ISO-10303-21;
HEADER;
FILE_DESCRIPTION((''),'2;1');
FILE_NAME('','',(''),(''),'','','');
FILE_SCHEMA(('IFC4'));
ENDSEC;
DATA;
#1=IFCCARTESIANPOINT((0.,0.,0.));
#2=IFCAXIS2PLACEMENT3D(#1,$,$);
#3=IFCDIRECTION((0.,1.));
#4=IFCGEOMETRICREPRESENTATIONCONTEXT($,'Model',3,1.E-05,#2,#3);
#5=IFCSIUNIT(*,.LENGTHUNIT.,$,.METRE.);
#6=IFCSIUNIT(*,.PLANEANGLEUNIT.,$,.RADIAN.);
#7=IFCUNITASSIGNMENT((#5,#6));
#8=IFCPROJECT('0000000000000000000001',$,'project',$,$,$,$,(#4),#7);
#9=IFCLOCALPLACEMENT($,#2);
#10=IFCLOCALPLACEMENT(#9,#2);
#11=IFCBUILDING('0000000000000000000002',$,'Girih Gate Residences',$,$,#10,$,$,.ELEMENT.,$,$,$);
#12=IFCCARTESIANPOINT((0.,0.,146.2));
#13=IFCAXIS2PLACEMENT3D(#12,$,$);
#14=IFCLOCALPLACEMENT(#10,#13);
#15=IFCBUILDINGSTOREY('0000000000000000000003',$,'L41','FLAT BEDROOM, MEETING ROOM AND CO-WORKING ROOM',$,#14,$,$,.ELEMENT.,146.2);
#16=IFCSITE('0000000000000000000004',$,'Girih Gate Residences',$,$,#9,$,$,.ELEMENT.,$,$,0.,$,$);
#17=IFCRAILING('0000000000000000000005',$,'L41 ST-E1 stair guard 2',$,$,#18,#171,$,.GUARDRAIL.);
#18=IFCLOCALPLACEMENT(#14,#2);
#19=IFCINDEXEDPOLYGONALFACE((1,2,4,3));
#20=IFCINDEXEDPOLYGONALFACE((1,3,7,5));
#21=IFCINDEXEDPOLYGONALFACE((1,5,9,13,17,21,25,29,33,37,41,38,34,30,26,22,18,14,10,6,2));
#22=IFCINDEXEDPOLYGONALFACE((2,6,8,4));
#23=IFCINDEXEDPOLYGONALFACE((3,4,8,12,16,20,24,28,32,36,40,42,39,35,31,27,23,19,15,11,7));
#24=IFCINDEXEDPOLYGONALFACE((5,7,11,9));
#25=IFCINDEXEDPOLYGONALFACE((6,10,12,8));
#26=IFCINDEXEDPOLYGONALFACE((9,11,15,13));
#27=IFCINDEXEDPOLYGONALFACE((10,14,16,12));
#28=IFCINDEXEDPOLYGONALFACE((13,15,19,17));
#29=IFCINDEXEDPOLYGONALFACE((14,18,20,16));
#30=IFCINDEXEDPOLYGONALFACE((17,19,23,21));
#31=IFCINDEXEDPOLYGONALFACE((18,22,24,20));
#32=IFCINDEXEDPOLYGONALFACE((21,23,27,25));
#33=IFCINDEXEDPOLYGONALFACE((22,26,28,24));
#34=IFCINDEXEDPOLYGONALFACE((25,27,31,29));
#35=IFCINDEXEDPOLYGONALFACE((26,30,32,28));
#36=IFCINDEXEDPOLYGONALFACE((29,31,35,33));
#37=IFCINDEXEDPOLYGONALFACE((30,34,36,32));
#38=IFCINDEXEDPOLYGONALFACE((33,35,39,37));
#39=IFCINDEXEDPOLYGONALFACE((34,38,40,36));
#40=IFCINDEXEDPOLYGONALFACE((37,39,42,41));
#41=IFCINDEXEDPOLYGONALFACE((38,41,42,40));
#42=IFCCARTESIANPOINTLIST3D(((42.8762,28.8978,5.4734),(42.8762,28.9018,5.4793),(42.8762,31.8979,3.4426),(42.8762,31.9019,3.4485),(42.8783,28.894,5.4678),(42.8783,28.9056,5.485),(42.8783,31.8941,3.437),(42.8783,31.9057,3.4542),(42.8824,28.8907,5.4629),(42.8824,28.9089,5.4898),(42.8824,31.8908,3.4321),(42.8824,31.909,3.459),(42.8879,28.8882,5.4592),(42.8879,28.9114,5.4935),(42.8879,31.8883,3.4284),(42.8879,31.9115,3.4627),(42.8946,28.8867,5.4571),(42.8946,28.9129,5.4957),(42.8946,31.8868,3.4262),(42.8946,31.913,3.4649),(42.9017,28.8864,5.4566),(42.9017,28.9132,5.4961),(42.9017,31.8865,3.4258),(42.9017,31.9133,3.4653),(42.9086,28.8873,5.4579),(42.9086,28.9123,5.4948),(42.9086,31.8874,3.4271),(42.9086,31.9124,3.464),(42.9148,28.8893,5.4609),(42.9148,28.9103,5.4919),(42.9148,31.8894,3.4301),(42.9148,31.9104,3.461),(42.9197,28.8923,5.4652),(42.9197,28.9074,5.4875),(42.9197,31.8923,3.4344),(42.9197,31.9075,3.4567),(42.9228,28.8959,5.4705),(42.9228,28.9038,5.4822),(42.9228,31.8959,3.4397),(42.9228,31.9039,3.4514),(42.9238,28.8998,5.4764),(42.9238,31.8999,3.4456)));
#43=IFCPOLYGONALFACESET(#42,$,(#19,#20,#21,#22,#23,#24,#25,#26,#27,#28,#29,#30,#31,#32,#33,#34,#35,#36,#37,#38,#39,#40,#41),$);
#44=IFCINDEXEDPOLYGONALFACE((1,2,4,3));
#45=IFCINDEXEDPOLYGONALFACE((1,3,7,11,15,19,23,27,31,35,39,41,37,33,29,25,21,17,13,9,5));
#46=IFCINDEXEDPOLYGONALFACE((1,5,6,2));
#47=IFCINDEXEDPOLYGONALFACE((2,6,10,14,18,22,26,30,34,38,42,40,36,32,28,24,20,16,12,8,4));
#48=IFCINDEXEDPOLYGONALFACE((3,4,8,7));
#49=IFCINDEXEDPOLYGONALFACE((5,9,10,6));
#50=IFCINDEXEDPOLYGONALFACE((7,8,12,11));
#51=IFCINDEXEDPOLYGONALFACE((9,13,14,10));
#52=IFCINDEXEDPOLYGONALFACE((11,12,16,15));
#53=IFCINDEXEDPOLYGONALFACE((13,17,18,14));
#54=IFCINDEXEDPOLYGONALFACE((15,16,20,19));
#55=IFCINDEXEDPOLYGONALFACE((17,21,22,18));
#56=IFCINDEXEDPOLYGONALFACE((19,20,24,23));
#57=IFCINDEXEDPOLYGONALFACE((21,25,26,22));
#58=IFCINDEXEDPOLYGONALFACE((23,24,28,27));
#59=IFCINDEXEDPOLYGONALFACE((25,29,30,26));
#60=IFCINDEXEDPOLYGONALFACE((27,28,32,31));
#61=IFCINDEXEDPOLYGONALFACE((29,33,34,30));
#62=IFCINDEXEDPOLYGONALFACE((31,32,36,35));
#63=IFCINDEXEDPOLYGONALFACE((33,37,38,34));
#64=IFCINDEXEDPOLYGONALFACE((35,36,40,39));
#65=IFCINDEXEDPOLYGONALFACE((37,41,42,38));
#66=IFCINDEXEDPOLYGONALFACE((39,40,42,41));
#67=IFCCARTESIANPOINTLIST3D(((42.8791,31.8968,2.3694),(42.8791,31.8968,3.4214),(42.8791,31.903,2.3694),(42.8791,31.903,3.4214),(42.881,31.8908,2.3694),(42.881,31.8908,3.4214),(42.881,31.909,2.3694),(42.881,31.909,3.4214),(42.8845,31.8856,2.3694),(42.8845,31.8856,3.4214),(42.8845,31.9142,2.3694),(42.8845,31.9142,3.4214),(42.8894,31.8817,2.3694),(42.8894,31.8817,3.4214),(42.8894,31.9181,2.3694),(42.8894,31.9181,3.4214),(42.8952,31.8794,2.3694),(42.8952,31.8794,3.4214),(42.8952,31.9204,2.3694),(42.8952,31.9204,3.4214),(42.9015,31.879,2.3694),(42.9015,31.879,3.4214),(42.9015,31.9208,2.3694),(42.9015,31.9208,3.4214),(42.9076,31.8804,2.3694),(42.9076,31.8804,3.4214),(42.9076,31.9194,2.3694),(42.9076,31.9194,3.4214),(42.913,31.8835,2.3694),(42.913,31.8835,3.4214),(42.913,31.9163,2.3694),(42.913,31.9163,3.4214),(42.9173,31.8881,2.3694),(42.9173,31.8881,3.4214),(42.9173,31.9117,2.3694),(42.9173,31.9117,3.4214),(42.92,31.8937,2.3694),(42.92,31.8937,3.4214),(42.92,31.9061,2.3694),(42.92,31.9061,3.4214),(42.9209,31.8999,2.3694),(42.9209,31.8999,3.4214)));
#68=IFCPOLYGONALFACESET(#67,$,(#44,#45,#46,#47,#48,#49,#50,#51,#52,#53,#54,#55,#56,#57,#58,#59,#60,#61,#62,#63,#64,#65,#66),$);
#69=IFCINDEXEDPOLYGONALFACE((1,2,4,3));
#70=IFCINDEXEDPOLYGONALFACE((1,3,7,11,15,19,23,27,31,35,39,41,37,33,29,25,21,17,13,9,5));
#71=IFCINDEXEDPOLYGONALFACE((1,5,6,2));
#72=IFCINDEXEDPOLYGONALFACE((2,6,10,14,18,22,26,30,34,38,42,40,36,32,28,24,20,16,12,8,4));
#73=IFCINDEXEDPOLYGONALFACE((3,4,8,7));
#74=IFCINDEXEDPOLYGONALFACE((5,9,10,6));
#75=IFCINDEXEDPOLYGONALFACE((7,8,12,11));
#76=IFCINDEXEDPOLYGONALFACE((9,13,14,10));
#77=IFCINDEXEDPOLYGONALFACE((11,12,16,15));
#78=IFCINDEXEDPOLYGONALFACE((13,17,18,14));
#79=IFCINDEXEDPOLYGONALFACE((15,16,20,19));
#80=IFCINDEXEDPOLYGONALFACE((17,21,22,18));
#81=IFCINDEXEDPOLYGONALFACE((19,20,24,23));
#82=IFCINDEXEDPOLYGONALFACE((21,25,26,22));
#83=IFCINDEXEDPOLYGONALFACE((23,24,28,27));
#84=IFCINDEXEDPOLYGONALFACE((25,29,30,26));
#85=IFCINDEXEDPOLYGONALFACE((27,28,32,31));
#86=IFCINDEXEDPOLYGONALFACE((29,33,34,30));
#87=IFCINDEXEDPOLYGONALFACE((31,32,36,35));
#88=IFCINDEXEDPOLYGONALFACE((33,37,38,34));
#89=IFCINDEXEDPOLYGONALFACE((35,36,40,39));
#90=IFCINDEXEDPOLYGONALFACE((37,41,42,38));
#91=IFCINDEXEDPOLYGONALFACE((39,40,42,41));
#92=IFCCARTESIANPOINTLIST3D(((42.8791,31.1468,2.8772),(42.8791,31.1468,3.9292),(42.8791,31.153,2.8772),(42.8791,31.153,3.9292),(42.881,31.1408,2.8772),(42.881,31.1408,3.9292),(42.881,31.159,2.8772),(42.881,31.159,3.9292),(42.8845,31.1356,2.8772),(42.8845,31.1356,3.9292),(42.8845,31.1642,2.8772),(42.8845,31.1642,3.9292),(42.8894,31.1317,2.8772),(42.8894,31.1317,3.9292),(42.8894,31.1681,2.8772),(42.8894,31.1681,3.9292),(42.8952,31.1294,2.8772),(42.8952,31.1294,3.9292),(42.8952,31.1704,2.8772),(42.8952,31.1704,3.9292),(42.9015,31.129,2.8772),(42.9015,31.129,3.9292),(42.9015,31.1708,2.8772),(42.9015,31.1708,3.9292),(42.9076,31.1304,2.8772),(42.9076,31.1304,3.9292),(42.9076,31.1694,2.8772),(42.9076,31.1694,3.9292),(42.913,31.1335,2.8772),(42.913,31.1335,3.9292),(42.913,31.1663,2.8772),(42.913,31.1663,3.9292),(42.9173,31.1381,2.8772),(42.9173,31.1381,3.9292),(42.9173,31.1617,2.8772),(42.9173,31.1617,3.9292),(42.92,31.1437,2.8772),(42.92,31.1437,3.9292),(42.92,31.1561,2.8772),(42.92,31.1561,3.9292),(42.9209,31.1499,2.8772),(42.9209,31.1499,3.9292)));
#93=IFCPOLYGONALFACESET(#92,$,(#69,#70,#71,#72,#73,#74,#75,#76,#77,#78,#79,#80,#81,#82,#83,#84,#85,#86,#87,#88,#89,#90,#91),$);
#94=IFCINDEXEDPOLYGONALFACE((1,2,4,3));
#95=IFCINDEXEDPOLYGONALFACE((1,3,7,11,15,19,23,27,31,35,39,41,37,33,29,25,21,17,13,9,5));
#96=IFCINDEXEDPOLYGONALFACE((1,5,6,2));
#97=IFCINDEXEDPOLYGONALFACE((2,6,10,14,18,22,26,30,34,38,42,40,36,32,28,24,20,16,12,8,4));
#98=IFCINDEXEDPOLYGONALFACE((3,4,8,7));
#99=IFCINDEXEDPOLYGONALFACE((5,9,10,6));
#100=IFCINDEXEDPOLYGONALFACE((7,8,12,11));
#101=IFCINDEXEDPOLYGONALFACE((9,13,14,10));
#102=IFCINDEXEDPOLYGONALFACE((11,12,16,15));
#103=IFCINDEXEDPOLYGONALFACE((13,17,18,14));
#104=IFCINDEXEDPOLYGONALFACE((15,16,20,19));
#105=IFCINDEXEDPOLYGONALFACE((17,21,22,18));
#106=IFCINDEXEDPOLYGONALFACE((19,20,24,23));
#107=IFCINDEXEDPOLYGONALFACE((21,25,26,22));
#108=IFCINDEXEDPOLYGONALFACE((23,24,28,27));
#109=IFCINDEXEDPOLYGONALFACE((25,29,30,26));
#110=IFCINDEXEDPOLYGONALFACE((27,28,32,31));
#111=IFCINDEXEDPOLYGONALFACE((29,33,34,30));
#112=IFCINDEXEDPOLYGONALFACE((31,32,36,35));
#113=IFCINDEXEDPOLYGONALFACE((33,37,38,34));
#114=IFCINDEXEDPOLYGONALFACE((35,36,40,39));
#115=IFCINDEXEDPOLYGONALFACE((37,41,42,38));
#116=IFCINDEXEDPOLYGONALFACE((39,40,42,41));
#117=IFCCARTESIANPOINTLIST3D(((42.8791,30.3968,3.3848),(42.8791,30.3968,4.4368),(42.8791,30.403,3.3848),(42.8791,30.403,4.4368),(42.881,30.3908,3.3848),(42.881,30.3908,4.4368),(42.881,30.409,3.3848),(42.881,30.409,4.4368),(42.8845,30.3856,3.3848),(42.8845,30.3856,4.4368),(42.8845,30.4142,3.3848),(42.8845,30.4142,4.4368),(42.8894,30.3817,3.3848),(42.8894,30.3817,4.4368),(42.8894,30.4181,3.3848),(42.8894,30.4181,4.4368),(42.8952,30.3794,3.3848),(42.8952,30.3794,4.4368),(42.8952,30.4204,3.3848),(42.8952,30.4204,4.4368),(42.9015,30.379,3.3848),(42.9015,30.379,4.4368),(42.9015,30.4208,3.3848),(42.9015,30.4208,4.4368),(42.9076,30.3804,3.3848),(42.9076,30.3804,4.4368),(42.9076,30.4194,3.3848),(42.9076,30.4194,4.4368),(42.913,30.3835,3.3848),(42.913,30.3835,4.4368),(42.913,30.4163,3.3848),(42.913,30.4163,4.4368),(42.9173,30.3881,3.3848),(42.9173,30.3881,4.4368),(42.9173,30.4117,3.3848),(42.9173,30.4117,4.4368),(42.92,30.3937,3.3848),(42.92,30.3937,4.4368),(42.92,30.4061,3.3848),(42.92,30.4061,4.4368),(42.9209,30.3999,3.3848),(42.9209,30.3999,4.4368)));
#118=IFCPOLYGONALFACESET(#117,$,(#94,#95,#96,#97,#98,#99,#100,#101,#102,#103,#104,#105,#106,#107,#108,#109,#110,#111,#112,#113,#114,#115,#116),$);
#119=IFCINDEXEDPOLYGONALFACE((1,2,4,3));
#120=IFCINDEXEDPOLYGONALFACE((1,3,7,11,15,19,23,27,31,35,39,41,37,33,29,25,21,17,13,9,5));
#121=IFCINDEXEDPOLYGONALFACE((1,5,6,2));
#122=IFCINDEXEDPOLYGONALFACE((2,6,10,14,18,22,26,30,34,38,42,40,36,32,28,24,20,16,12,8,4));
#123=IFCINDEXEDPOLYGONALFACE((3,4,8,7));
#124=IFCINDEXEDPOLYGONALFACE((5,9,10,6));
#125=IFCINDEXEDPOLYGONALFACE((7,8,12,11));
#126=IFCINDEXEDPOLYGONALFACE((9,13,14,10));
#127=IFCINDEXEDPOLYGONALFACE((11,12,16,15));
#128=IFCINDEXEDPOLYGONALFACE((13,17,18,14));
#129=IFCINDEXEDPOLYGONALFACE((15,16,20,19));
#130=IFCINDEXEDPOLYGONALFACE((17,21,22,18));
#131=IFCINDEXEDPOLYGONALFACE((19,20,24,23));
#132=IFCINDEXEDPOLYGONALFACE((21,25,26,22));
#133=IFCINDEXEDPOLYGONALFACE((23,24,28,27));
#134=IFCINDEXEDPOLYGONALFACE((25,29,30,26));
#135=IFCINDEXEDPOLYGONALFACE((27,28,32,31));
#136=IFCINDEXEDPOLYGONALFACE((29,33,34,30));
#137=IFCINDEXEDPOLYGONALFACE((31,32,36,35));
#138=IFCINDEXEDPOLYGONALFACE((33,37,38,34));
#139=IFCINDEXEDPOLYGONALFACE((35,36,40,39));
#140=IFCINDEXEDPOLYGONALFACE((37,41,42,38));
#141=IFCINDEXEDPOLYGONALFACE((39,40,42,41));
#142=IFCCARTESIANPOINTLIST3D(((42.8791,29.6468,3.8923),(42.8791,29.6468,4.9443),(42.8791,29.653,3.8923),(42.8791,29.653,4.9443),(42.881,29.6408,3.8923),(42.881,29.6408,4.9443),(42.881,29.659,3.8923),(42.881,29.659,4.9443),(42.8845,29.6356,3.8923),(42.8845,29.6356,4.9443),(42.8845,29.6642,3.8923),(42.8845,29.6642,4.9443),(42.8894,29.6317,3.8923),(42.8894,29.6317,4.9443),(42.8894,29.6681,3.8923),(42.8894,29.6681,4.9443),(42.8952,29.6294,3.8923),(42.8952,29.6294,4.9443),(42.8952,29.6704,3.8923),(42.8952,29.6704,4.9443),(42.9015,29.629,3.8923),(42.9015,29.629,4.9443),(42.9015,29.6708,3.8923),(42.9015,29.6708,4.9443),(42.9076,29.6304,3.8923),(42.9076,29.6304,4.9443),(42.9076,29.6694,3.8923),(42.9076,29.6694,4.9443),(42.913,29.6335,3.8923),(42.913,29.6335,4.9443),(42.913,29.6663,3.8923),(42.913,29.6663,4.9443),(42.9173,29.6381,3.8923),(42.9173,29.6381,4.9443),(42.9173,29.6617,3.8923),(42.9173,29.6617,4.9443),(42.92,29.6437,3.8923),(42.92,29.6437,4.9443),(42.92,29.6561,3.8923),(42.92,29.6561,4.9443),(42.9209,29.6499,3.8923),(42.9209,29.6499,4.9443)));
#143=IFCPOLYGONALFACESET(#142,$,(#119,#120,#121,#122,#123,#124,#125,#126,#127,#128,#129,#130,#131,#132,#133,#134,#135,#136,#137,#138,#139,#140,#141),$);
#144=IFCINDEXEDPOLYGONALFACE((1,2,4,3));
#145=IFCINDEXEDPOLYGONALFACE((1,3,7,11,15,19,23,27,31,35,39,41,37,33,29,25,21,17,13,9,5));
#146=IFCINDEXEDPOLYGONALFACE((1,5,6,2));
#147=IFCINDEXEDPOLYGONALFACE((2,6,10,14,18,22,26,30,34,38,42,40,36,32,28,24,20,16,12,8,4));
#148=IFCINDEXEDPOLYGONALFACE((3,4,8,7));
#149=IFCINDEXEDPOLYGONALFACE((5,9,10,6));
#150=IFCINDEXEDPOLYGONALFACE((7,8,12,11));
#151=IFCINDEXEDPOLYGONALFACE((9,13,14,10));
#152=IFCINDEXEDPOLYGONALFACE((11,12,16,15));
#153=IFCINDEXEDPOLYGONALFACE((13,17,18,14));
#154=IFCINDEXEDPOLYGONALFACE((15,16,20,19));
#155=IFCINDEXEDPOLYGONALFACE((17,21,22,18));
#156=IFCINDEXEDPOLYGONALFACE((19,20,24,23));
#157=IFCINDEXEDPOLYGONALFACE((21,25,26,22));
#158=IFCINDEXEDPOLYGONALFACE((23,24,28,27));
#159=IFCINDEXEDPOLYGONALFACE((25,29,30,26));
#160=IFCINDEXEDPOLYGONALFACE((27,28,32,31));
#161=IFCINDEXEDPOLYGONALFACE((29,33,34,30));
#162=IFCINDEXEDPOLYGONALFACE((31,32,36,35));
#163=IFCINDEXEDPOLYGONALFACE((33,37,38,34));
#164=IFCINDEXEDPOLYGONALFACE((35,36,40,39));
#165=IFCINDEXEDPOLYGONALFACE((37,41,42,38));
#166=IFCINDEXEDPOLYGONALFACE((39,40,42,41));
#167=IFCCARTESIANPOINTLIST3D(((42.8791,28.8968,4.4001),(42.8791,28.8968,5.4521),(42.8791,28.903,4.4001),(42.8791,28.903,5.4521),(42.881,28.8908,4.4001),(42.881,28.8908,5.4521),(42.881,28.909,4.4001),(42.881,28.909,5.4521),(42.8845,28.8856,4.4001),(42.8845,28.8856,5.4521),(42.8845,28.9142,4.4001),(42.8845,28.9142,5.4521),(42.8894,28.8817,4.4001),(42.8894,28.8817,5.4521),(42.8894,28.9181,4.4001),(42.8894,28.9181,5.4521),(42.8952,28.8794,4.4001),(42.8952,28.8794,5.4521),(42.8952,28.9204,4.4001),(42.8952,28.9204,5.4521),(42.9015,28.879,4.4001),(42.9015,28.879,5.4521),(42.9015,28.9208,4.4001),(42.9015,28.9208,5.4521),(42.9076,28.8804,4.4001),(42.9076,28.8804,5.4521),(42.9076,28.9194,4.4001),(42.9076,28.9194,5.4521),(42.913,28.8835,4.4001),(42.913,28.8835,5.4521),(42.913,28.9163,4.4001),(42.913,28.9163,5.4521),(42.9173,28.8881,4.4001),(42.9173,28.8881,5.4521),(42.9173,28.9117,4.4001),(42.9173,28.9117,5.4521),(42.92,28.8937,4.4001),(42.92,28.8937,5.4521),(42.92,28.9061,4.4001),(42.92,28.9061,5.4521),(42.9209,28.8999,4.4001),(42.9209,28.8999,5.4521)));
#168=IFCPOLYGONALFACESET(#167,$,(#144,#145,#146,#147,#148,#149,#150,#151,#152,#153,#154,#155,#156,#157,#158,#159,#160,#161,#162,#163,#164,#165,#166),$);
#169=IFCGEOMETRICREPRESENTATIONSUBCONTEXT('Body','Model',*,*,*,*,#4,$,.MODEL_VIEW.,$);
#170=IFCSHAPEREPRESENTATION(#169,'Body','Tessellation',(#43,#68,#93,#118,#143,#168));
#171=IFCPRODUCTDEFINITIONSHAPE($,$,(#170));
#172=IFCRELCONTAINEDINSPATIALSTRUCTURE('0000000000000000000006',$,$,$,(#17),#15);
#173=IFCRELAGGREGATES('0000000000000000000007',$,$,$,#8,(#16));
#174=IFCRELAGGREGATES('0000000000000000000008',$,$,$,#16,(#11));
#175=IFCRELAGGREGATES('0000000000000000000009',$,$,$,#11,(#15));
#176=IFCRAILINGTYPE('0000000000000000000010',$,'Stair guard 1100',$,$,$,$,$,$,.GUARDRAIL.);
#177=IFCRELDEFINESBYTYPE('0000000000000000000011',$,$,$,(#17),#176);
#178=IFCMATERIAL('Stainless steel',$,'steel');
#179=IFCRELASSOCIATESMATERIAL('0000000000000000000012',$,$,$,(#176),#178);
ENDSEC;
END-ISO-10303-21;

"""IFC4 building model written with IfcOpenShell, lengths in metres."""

from ifc_helpers import new_model, si_unit, direction, frame, origin, origin_2d, place, context, subcontext, project, spatial, circle, extrude, material, type_object, element, save


model = new_model("IFC4")

# Units and contexts
model_context = context("Model", 3, precision=1e-05, world=origin(), true_north=direction((0.0, 1.0)))
body_context = subcontext(model_context, "Body", "Model", "MODEL_VIEW")
ifc_project = project(units=[si_unit("LENGTHUNIT", "METRE"), si_unit("PLANEANGLEUNIT", "RADIAN")], contexts=[model_context])

# Site, building, storey
site_placement = place(None, origin())
site = spatial("IfcSite", under=ifc_project, at=site_placement, Name="Girih Gate Residences", CompositionType="ELEMENT", RefElevation=0.0)
building_placement = place(site_placement, origin())
building = spatial("IfcBuilding", under=site, at=building_placement, Name="Girih Gate Residences", CompositionType="ELEMENT")
storey_placement = place(building_placement, frame((0.0, 0.0, 146.2)))
storey = spatial("IfcBuildingStorey", under=building, at=storey_placement, Name="L41", Description="FLAT BEDROOM, MEETING ROOM AND CO-WORKING ROOM", CompositionType="ELEMENT", Elevation=146.2)

# Railing
ifc_material_1 = material(Name="Stainless steel", Category="steel")
railing_type_1 = type_object("IfcRailingType", Name="Stair guard 1100", PredefinedType="GUARDRAIL", material=ifc_material_1)
railing_1_placement = place(storey_placement, frame((42.8999, 31.8999, 2.3694)))
element("IfcRailing", 1, at=railing_1_placement, inside=storey, type_object=railing_type_1, Name="L41 ST-E1 stair guard 2", PredefinedType="GUARDRAIL", context=body_context, shape_type="SweptSolid", body=[
    extrude(circle(Radius=0.0239, at=origin_2d()), frame((0.0, 0.0, 1.0762), z_axis=(0.0, -0.82811, 0.560565), x_axis=(1.0, 0.0, 0.0)), (0.0, 0.0, 1.0), 3.6228),
    extrude(circle(Radius=0.021, at=origin_2d()), origin(), (0.0, 0.0, 1.0), 1.052),
    extrude(circle(Radius=0.021, at=origin_2d()), frame((0.0, -0.75, 0.5078)), (0.0, 0.0, 1.0), 1.052),
    extrude(circle(Radius=0.021, at=origin_2d()), frame((0.0, -1.5, 1.0154)), (0.0, 0.0, 1.0), 1.052),
    extrude(circle(Radius=0.021, at=origin_2d()), frame((0.0, -2.25, 1.5229)), (0.0, 0.0, 1.0), 1.052),
    extrude(circle(Radius=0.021, at=origin_2d()), frame((0.0, -3.0, 2.0308)), (0.0, 0.0, 1.0), 1.052),
])

save(model, "model.ifc")
